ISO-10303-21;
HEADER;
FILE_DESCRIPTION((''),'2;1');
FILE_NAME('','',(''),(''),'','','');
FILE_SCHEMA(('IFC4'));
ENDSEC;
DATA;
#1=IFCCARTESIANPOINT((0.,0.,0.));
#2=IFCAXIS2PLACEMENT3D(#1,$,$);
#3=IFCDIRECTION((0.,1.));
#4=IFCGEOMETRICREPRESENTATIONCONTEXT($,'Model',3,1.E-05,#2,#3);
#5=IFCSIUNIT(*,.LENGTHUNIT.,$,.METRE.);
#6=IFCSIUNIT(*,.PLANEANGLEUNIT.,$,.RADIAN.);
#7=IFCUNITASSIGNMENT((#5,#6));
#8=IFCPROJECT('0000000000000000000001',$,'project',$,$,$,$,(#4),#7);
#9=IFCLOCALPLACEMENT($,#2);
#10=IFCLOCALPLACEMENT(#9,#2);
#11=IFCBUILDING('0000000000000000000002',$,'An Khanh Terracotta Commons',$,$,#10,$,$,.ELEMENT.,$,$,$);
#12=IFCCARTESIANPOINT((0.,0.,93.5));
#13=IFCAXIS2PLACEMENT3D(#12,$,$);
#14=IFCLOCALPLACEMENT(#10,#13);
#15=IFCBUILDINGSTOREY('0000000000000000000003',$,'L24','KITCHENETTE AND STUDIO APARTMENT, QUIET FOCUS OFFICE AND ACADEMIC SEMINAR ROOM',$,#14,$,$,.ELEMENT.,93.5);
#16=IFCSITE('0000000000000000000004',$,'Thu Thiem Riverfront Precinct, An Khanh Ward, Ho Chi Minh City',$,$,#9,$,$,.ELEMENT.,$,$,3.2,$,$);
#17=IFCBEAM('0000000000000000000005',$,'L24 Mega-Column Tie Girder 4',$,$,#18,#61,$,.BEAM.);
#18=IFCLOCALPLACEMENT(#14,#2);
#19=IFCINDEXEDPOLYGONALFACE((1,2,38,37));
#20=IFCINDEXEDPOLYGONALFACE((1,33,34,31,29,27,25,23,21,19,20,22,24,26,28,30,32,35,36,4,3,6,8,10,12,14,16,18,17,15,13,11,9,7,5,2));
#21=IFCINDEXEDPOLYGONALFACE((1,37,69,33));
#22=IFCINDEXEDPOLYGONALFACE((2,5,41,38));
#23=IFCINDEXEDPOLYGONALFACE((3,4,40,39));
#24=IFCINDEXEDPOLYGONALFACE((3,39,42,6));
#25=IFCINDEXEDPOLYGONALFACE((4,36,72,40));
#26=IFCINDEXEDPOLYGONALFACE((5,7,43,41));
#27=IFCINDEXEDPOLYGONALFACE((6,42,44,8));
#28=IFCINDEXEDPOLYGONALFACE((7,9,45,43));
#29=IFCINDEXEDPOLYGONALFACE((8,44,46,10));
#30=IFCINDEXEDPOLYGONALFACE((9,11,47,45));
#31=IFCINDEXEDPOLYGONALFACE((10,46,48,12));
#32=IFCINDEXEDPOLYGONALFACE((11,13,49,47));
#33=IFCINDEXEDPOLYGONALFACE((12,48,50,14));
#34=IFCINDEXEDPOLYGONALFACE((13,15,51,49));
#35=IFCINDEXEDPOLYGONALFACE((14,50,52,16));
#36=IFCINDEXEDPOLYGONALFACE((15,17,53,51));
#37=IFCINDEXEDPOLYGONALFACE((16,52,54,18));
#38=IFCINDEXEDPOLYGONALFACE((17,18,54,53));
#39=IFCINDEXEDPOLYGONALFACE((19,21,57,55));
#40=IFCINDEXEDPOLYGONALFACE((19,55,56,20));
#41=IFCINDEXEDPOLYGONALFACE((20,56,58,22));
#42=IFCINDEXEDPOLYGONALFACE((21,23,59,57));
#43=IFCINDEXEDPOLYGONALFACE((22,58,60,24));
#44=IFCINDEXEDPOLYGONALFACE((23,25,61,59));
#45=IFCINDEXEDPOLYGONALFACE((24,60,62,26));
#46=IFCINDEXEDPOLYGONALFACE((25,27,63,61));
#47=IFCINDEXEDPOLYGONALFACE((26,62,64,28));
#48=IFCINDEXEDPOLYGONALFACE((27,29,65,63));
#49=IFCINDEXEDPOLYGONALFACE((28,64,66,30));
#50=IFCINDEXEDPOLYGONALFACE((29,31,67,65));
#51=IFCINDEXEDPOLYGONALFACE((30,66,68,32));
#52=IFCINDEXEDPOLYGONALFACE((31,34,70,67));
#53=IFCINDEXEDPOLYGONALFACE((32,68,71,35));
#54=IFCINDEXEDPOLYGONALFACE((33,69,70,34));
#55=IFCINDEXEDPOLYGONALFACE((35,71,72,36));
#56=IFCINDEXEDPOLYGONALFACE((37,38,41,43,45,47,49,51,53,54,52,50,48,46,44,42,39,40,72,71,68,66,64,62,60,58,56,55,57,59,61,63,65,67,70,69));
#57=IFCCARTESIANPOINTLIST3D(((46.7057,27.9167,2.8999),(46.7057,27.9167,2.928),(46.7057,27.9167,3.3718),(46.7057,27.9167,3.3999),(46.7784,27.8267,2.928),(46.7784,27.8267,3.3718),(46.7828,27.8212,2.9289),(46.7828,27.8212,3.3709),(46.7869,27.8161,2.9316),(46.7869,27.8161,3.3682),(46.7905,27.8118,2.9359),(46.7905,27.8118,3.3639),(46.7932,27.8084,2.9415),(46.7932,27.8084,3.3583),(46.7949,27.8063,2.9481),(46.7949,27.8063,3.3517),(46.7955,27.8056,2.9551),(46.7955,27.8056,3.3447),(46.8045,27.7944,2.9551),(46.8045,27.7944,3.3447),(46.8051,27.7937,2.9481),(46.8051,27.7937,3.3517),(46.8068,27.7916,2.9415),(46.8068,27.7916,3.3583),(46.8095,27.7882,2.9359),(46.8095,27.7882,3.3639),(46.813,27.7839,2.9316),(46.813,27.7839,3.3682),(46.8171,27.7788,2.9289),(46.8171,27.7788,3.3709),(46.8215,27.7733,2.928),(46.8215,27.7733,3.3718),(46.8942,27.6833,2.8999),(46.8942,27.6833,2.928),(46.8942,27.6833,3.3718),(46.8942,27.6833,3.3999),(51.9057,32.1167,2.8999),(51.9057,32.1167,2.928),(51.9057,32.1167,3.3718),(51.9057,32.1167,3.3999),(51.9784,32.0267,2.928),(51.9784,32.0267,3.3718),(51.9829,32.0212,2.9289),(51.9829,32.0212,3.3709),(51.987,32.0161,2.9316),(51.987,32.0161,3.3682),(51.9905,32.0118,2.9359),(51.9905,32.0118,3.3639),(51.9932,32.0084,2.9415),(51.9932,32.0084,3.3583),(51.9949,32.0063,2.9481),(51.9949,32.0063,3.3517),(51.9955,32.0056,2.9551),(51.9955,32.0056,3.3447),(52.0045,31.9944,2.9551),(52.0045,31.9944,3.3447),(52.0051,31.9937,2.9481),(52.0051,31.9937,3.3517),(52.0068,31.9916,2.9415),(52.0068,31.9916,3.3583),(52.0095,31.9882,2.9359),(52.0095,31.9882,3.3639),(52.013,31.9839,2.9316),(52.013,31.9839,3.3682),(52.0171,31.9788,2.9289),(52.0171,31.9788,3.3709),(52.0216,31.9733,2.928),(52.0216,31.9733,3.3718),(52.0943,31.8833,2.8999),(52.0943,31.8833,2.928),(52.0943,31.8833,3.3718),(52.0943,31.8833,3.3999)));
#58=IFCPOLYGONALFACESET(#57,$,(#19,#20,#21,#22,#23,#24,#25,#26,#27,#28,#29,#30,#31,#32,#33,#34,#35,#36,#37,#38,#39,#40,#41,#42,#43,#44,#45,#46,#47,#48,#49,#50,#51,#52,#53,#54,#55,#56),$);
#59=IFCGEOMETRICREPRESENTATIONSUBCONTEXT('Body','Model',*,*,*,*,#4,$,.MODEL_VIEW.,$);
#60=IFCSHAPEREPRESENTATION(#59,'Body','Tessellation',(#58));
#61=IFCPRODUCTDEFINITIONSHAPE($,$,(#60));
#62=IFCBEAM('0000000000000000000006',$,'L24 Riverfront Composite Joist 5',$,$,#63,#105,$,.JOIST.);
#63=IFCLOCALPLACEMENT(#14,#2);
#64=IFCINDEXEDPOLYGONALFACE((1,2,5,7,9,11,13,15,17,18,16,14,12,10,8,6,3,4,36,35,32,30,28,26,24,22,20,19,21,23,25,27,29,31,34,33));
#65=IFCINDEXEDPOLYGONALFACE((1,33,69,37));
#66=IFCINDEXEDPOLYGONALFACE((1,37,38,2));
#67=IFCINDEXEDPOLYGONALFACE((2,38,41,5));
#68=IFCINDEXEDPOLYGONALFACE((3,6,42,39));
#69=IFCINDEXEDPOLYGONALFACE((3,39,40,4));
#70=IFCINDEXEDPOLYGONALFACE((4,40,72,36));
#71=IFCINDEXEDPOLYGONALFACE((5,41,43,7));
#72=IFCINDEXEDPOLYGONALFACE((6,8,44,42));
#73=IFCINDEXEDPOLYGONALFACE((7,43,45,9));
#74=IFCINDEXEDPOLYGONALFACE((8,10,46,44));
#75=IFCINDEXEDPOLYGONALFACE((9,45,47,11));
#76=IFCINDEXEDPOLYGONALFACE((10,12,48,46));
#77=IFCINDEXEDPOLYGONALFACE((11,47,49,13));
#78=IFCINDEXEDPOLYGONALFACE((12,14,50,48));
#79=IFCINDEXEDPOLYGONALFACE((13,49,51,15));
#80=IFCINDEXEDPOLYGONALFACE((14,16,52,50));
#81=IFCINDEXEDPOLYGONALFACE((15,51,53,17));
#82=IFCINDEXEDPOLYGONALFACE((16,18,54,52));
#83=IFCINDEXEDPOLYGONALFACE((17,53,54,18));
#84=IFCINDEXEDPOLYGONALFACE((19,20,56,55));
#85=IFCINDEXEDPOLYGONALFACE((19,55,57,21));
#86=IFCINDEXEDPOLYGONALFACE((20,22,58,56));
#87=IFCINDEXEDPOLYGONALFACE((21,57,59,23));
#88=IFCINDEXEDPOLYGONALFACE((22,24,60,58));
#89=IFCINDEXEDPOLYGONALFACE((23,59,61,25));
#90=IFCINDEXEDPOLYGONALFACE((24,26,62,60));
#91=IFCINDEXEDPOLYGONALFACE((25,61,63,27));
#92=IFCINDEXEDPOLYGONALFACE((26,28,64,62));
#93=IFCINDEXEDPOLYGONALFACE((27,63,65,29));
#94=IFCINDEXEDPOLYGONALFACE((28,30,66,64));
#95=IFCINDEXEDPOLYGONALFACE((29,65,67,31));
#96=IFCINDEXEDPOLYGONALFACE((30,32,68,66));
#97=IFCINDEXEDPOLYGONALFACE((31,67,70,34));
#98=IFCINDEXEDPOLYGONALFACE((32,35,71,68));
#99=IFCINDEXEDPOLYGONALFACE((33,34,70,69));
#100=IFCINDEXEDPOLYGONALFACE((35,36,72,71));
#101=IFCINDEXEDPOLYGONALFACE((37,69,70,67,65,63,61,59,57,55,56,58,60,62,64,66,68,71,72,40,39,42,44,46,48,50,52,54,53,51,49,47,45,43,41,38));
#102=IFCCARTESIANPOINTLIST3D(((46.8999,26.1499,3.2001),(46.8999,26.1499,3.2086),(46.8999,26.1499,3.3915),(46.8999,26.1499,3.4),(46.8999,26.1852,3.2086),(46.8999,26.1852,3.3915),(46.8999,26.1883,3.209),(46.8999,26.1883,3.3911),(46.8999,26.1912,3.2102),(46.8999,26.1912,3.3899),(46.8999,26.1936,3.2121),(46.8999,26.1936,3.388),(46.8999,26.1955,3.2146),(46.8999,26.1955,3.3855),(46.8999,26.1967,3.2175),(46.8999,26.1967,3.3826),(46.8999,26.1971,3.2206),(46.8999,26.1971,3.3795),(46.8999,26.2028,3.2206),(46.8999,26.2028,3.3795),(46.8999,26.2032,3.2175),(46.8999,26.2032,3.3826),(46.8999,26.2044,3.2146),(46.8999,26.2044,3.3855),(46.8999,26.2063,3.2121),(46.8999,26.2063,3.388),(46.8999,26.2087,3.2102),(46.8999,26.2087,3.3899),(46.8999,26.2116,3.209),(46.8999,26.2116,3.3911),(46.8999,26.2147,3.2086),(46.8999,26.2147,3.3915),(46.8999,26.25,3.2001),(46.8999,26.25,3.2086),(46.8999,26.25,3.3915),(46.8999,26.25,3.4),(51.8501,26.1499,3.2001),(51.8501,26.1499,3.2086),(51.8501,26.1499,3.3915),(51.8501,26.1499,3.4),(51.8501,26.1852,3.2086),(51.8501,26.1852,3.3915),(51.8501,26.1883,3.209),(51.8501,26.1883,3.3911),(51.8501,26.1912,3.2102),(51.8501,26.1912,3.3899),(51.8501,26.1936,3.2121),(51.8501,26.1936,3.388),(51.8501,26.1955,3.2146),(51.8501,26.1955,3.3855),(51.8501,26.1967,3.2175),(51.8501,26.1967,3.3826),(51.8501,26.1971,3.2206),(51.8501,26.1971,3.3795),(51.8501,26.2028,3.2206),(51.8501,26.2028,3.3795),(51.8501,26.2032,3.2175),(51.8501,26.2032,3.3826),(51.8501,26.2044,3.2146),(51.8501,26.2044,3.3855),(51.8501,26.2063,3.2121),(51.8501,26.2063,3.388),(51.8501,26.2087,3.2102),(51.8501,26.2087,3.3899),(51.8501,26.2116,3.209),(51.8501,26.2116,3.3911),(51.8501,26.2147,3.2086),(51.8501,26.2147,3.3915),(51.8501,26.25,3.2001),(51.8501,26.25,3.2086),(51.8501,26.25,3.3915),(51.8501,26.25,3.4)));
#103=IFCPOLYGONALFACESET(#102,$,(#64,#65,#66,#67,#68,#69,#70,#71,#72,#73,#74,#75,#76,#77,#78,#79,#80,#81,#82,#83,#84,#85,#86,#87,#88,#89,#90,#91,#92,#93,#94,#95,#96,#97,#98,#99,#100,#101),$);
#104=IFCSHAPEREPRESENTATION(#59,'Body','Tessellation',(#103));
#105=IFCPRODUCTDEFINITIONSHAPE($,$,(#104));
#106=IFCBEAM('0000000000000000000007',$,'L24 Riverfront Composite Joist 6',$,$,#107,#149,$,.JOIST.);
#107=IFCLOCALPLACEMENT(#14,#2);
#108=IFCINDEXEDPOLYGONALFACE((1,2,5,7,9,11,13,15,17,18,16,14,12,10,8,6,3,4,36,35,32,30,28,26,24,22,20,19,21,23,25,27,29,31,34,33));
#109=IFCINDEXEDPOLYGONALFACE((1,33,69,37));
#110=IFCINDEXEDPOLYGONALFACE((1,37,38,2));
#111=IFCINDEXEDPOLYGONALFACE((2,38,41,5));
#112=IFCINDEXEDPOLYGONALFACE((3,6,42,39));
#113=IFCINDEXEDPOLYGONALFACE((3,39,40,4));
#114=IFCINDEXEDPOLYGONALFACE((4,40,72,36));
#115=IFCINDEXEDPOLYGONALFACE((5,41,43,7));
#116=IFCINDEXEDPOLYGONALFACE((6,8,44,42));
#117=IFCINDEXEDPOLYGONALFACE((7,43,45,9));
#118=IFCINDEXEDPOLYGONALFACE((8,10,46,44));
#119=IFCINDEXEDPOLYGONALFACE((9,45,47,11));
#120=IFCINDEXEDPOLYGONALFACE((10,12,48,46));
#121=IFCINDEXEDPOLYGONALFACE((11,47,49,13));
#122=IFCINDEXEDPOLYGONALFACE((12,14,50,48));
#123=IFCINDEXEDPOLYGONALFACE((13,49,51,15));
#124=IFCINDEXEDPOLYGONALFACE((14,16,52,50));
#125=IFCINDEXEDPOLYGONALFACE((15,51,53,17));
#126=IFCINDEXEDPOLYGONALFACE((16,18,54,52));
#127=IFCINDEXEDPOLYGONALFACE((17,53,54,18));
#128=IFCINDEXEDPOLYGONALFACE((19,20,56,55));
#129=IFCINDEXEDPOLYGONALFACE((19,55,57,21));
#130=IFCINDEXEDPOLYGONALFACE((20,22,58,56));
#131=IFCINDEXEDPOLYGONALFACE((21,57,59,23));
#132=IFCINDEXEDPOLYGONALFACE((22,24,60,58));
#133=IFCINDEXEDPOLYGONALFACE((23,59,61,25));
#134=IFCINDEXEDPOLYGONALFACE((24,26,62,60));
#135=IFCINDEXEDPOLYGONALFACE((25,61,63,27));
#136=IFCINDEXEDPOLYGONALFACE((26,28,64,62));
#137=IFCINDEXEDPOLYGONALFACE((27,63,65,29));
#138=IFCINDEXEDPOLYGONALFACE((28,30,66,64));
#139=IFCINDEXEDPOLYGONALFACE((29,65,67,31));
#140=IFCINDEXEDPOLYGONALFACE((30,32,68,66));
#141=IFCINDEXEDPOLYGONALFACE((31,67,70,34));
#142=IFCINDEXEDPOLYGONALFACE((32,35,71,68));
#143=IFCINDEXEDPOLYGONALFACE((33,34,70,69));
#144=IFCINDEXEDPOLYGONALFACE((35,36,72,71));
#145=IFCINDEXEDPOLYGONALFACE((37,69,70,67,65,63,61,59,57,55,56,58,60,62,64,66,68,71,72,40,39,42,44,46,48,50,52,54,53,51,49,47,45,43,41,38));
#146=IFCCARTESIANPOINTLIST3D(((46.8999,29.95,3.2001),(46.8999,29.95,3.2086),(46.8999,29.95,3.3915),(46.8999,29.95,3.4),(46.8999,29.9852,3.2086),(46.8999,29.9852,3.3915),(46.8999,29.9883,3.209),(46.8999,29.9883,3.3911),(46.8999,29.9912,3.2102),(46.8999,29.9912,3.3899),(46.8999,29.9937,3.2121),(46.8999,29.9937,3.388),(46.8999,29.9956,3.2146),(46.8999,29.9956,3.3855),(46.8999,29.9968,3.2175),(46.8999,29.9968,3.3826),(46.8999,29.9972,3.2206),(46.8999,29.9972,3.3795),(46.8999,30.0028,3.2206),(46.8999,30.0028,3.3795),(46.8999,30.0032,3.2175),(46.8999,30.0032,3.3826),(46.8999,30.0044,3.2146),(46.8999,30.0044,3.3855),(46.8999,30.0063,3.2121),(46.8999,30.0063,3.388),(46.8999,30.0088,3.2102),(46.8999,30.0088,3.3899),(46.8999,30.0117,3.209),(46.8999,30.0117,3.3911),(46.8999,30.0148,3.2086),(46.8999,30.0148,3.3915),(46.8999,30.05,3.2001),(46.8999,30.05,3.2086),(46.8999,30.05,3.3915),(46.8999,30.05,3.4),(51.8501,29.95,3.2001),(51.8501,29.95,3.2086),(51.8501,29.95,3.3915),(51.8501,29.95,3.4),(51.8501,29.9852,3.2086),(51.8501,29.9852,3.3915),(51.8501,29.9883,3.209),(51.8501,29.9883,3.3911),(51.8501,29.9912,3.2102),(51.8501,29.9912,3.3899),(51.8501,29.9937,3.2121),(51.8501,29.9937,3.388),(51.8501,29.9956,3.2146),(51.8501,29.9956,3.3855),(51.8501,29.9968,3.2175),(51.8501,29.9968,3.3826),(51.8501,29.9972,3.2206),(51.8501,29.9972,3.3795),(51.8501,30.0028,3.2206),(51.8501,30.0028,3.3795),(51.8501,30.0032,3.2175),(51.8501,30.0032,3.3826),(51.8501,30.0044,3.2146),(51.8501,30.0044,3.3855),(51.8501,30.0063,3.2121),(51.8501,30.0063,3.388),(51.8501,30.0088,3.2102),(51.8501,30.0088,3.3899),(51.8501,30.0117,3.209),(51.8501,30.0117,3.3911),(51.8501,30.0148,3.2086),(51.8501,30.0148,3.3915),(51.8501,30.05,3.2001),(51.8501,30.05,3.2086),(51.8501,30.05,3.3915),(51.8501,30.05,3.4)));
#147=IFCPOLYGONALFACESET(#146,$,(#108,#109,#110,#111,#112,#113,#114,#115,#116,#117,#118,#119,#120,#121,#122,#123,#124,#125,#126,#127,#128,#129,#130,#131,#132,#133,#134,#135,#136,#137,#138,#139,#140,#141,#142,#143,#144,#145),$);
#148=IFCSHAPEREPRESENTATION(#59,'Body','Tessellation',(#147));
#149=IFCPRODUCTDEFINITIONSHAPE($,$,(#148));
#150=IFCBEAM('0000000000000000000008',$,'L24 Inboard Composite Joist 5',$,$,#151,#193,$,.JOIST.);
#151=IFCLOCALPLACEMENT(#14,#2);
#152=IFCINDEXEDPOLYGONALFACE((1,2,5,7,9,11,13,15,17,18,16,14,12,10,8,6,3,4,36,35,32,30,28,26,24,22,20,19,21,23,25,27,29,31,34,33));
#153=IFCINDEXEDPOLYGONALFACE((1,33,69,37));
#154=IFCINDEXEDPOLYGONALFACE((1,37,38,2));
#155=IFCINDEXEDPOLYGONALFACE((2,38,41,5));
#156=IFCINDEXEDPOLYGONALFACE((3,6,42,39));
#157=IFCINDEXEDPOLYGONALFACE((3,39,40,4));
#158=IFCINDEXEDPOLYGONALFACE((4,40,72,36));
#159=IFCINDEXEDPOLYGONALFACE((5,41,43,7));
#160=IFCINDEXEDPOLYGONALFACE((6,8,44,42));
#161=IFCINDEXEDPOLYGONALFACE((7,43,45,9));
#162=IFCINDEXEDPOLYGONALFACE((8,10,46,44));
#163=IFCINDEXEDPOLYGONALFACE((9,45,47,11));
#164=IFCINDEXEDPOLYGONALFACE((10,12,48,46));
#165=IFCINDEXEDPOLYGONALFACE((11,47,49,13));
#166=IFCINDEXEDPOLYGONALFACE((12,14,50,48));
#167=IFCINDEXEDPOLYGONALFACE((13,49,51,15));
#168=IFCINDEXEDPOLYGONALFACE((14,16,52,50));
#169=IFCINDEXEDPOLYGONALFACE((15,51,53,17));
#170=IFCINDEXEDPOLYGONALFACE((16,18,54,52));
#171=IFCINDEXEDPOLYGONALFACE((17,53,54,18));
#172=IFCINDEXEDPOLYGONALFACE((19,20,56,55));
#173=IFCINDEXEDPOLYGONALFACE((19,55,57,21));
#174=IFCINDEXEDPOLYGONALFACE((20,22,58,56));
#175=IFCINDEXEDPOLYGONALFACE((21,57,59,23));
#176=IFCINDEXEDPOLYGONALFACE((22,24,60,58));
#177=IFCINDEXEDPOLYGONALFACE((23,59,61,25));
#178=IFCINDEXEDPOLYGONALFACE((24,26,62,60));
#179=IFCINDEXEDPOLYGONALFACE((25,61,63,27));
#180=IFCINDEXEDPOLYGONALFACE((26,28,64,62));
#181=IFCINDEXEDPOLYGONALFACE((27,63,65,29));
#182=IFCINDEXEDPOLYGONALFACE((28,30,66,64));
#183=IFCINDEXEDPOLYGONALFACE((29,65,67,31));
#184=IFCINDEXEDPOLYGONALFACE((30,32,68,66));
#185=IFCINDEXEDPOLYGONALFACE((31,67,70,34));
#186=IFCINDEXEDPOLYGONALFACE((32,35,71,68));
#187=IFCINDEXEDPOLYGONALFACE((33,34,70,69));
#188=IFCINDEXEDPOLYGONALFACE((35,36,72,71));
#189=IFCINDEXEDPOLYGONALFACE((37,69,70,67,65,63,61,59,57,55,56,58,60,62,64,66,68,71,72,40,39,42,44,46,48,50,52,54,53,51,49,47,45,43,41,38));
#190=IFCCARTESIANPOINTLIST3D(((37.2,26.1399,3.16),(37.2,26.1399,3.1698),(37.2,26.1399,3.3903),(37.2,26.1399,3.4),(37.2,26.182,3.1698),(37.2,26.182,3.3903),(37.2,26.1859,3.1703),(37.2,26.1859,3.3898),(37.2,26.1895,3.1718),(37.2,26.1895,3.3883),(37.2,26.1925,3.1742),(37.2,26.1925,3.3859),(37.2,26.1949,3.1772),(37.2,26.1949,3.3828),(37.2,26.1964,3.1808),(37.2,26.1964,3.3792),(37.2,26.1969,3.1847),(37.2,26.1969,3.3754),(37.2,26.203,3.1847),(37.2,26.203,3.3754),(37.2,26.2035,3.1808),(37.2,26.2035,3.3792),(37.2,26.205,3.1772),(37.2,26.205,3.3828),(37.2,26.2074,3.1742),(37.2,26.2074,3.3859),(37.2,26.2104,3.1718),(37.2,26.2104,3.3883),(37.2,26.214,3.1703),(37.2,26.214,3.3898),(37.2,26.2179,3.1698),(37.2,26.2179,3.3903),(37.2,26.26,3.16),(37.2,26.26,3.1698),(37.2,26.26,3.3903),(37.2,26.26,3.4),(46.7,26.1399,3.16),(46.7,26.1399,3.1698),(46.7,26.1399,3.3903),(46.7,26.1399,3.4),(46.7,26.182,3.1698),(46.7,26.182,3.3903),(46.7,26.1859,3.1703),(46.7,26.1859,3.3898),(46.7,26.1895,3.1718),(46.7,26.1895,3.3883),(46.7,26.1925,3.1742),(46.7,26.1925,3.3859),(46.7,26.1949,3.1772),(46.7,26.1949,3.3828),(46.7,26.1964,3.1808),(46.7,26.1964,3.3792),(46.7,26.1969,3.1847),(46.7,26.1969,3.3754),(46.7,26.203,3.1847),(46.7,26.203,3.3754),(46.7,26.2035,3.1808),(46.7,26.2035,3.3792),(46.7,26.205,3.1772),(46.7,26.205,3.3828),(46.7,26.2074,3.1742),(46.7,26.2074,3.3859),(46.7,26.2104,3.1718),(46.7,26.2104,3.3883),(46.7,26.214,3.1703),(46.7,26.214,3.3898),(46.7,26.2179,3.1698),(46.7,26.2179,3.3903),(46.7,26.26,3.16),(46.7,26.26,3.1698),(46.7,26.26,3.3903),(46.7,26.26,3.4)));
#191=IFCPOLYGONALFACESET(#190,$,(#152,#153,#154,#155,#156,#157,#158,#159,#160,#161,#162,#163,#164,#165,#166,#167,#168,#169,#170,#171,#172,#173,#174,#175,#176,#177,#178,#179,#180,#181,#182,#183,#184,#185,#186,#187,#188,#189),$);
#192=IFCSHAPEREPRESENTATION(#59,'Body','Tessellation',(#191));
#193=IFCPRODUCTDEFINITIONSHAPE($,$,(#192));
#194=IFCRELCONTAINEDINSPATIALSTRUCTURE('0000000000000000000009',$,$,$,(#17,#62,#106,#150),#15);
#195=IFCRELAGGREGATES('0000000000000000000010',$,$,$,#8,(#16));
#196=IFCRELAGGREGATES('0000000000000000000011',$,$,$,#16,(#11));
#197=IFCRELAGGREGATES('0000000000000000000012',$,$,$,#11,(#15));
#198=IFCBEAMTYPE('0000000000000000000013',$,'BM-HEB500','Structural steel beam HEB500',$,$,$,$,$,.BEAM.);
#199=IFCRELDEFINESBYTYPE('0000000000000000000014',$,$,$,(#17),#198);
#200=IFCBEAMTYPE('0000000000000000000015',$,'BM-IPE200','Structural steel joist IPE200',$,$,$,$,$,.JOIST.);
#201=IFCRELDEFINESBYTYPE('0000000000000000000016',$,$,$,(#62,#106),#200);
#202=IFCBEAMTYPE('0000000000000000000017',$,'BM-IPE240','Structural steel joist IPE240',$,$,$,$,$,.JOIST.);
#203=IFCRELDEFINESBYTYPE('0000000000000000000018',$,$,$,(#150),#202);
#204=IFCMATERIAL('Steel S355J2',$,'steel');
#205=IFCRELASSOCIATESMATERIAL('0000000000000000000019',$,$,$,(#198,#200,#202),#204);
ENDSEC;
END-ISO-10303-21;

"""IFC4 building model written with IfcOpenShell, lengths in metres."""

from ifc_helpers import new_model, si_unit, direction, frame, origin, origin_2d, place, context, subcontext, project, spatial, i_section, extrude, material, material_profile, profile_set, type_object, element, save


model = new_model("IFC4")

# Units and contexts
model_context = context("Model", 3, precision=1e-05, world=origin(), true_north=direction((0.0, 1.0)))
body_context = subcontext(model_context, "Body", "Model", "MODEL_VIEW")
ifc_project = project(units=[si_unit("LENGTHUNIT", "METRE"), si_unit("PLANEANGLEUNIT", "RADIAN")], contexts=[model_context])

# Site, building, storey
site_placement = place(None, origin())
site = spatial("IfcSite", under=ifc_project, at=site_placement, Name="Thu Thiem Riverfront Precinct, An Khanh Ward, Ho Chi Minh City", CompositionType="ELEMENT", RefElevation=3.2)
building_placement = place(site_placement, origin())
building = spatial("IfcBuilding", under=site, at=building_placement, Name="An Khanh Terracotta Commons", CompositionType="ELEMENT")
storey_placement = place(building_placement, frame((0.0, 0.0, 93.5)))
storey = spatial("IfcBuildingStorey", under=building, at=storey_placement, Name="L24", Description="KITCHENETTE AND STUDIO APARTMENT, QUIET FOCUS OFFICE AND ACADEMIC SEMINAR ROOM", CompositionType="ELEMENT", Elevation=93.5)

# Beams
ifc_material_1 = material(Name="Steel S355J2", Category="steel")
ifc_material_profile_1 = material_profile(ifc_material_1, i_section(OverallWidth=0.3, OverallDepth=0.5, WebThickness=0.0144, FlangeThickness=0.0281, FilletRadius=0.0271, at=origin_2d()), Name="HEB500")
ifc_profile_set_1 = profile_set([ifc_material_profile_1], Name="Steel S355J2")
beam_type_1 = type_object("IfcBeamType", Name="BM-HEB500", Description="Structural steel beam HEB500", PredefinedType="BEAM", material=ifc_profile_set_1)
beam_1_placement = place(storey_placement, frame((52.0, 32.0, 3.1499), z_axis=(-0.777942, -0.628336, 0.0), x_axis=(0.628336, -0.777942, 0.0)))
element("IfcBeam", 1, at=beam_1_placement, inside=storey, type_object=beam_type_1, Name="L24 Mega-Column Tie Girder 4", PredefinedType="BEAM", context=body_context, shape_type="SweptSolid", body=[
    extrude(i_section(OverallWidth=0.3, OverallDepth=0.5, WebThickness=0.0144, FlangeThickness=0.0281, FilletRadius=0.0271, at=origin_2d()), origin(), (0.0, 0.0, 1.0), 6.6843),
])
ifc_material_profile_2 = material_profile(ifc_material_1, i_section(OverallWidth=0.1001, OverallDepth=0.2, WebThickness=0.0056, FlangeThickness=0.0085, FilletRadius=0.012, at=origin_2d()), Name="IPE200")
ifc_profile_set_2 = profile_set([ifc_material_profile_2], Name="Steel S355J2")
beam_type_2 = type_object("IfcBeamType", Name="BM-IPE200", Description="Structural steel joist IPE200", PredefinedType="JOIST", material=ifc_profile_set_2)
for number, where, z_axis, x_axis, name in (
    (2, (46.8999, 26.2, 3.3), (1.0, 0.0, 0.0), (0.0, 1.0, 0.0), "L24 Riverfront Composite Joist 5"),
    (3, (46.8999, 30.0, 3.3), (1.0, 0.0, 0.0), (0.0, 1.0, 0.0), "L24 Riverfront Composite Joist 6"),
):
    element("IfcBeam", number, at=place(storey_placement, frame(where, z_axis=z_axis, x_axis=x_axis)), inside=storey, type_object=beam_type_2, Name=name, PredefinedType="JOIST", context=body_context, shape_type="SweptSolid", body=[
        extrude(i_section(OverallWidth=0.1001, OverallDepth=0.2, WebThickness=0.0056, FlangeThickness=0.0085, FilletRadius=0.012, at=origin_2d()), origin(), (0.0, 0.0, 1.0), 4.9502),
    ])
ifc_material_profile_3 = material_profile(ifc_material_1, i_section(OverallWidth=0.1201, OverallDepth=0.24, WebThickness=0.0061, FlangeThickness=0.0098, FilletRadius=0.0149, at=origin_2d()), Name="IPE240")
ifc_profile_set_3 = profile_set([ifc_material_profile_3], Name="Steel S355J2")
beam_type_3 = type_object("IfcBeamType", Name="BM-IPE240", Description="Structural steel joist IPE240", PredefinedType="JOIST", material=ifc_profile_set_3)
for number, where, z_axis, x_axis, name in (
    (4, (37.2, 26.2, 3.28), (1.0, 0.0, 0.0), (0.0, 1.0, 0.0), "L24 Inboard Composite Joist 5"),
):
    element("IfcBeam", number, at=place(storey_placement, frame(where, z_axis=z_axis, x_axis=x_axis)), inside=storey, type_object=beam_type_3, Name=name, PredefinedType="JOIST", context=body_context, shape_type="SweptSolid", body=[
        extrude(i_section(OverallWidth=0.1201, OverallDepth=0.24, WebThickness=0.0061, FlangeThickness=0.0098, FilletRadius=0.0149, at=origin_2d()), origin(), (0.0, 0.0, 1.0), 9.5),
    ])

save(model, "model.ifc")
